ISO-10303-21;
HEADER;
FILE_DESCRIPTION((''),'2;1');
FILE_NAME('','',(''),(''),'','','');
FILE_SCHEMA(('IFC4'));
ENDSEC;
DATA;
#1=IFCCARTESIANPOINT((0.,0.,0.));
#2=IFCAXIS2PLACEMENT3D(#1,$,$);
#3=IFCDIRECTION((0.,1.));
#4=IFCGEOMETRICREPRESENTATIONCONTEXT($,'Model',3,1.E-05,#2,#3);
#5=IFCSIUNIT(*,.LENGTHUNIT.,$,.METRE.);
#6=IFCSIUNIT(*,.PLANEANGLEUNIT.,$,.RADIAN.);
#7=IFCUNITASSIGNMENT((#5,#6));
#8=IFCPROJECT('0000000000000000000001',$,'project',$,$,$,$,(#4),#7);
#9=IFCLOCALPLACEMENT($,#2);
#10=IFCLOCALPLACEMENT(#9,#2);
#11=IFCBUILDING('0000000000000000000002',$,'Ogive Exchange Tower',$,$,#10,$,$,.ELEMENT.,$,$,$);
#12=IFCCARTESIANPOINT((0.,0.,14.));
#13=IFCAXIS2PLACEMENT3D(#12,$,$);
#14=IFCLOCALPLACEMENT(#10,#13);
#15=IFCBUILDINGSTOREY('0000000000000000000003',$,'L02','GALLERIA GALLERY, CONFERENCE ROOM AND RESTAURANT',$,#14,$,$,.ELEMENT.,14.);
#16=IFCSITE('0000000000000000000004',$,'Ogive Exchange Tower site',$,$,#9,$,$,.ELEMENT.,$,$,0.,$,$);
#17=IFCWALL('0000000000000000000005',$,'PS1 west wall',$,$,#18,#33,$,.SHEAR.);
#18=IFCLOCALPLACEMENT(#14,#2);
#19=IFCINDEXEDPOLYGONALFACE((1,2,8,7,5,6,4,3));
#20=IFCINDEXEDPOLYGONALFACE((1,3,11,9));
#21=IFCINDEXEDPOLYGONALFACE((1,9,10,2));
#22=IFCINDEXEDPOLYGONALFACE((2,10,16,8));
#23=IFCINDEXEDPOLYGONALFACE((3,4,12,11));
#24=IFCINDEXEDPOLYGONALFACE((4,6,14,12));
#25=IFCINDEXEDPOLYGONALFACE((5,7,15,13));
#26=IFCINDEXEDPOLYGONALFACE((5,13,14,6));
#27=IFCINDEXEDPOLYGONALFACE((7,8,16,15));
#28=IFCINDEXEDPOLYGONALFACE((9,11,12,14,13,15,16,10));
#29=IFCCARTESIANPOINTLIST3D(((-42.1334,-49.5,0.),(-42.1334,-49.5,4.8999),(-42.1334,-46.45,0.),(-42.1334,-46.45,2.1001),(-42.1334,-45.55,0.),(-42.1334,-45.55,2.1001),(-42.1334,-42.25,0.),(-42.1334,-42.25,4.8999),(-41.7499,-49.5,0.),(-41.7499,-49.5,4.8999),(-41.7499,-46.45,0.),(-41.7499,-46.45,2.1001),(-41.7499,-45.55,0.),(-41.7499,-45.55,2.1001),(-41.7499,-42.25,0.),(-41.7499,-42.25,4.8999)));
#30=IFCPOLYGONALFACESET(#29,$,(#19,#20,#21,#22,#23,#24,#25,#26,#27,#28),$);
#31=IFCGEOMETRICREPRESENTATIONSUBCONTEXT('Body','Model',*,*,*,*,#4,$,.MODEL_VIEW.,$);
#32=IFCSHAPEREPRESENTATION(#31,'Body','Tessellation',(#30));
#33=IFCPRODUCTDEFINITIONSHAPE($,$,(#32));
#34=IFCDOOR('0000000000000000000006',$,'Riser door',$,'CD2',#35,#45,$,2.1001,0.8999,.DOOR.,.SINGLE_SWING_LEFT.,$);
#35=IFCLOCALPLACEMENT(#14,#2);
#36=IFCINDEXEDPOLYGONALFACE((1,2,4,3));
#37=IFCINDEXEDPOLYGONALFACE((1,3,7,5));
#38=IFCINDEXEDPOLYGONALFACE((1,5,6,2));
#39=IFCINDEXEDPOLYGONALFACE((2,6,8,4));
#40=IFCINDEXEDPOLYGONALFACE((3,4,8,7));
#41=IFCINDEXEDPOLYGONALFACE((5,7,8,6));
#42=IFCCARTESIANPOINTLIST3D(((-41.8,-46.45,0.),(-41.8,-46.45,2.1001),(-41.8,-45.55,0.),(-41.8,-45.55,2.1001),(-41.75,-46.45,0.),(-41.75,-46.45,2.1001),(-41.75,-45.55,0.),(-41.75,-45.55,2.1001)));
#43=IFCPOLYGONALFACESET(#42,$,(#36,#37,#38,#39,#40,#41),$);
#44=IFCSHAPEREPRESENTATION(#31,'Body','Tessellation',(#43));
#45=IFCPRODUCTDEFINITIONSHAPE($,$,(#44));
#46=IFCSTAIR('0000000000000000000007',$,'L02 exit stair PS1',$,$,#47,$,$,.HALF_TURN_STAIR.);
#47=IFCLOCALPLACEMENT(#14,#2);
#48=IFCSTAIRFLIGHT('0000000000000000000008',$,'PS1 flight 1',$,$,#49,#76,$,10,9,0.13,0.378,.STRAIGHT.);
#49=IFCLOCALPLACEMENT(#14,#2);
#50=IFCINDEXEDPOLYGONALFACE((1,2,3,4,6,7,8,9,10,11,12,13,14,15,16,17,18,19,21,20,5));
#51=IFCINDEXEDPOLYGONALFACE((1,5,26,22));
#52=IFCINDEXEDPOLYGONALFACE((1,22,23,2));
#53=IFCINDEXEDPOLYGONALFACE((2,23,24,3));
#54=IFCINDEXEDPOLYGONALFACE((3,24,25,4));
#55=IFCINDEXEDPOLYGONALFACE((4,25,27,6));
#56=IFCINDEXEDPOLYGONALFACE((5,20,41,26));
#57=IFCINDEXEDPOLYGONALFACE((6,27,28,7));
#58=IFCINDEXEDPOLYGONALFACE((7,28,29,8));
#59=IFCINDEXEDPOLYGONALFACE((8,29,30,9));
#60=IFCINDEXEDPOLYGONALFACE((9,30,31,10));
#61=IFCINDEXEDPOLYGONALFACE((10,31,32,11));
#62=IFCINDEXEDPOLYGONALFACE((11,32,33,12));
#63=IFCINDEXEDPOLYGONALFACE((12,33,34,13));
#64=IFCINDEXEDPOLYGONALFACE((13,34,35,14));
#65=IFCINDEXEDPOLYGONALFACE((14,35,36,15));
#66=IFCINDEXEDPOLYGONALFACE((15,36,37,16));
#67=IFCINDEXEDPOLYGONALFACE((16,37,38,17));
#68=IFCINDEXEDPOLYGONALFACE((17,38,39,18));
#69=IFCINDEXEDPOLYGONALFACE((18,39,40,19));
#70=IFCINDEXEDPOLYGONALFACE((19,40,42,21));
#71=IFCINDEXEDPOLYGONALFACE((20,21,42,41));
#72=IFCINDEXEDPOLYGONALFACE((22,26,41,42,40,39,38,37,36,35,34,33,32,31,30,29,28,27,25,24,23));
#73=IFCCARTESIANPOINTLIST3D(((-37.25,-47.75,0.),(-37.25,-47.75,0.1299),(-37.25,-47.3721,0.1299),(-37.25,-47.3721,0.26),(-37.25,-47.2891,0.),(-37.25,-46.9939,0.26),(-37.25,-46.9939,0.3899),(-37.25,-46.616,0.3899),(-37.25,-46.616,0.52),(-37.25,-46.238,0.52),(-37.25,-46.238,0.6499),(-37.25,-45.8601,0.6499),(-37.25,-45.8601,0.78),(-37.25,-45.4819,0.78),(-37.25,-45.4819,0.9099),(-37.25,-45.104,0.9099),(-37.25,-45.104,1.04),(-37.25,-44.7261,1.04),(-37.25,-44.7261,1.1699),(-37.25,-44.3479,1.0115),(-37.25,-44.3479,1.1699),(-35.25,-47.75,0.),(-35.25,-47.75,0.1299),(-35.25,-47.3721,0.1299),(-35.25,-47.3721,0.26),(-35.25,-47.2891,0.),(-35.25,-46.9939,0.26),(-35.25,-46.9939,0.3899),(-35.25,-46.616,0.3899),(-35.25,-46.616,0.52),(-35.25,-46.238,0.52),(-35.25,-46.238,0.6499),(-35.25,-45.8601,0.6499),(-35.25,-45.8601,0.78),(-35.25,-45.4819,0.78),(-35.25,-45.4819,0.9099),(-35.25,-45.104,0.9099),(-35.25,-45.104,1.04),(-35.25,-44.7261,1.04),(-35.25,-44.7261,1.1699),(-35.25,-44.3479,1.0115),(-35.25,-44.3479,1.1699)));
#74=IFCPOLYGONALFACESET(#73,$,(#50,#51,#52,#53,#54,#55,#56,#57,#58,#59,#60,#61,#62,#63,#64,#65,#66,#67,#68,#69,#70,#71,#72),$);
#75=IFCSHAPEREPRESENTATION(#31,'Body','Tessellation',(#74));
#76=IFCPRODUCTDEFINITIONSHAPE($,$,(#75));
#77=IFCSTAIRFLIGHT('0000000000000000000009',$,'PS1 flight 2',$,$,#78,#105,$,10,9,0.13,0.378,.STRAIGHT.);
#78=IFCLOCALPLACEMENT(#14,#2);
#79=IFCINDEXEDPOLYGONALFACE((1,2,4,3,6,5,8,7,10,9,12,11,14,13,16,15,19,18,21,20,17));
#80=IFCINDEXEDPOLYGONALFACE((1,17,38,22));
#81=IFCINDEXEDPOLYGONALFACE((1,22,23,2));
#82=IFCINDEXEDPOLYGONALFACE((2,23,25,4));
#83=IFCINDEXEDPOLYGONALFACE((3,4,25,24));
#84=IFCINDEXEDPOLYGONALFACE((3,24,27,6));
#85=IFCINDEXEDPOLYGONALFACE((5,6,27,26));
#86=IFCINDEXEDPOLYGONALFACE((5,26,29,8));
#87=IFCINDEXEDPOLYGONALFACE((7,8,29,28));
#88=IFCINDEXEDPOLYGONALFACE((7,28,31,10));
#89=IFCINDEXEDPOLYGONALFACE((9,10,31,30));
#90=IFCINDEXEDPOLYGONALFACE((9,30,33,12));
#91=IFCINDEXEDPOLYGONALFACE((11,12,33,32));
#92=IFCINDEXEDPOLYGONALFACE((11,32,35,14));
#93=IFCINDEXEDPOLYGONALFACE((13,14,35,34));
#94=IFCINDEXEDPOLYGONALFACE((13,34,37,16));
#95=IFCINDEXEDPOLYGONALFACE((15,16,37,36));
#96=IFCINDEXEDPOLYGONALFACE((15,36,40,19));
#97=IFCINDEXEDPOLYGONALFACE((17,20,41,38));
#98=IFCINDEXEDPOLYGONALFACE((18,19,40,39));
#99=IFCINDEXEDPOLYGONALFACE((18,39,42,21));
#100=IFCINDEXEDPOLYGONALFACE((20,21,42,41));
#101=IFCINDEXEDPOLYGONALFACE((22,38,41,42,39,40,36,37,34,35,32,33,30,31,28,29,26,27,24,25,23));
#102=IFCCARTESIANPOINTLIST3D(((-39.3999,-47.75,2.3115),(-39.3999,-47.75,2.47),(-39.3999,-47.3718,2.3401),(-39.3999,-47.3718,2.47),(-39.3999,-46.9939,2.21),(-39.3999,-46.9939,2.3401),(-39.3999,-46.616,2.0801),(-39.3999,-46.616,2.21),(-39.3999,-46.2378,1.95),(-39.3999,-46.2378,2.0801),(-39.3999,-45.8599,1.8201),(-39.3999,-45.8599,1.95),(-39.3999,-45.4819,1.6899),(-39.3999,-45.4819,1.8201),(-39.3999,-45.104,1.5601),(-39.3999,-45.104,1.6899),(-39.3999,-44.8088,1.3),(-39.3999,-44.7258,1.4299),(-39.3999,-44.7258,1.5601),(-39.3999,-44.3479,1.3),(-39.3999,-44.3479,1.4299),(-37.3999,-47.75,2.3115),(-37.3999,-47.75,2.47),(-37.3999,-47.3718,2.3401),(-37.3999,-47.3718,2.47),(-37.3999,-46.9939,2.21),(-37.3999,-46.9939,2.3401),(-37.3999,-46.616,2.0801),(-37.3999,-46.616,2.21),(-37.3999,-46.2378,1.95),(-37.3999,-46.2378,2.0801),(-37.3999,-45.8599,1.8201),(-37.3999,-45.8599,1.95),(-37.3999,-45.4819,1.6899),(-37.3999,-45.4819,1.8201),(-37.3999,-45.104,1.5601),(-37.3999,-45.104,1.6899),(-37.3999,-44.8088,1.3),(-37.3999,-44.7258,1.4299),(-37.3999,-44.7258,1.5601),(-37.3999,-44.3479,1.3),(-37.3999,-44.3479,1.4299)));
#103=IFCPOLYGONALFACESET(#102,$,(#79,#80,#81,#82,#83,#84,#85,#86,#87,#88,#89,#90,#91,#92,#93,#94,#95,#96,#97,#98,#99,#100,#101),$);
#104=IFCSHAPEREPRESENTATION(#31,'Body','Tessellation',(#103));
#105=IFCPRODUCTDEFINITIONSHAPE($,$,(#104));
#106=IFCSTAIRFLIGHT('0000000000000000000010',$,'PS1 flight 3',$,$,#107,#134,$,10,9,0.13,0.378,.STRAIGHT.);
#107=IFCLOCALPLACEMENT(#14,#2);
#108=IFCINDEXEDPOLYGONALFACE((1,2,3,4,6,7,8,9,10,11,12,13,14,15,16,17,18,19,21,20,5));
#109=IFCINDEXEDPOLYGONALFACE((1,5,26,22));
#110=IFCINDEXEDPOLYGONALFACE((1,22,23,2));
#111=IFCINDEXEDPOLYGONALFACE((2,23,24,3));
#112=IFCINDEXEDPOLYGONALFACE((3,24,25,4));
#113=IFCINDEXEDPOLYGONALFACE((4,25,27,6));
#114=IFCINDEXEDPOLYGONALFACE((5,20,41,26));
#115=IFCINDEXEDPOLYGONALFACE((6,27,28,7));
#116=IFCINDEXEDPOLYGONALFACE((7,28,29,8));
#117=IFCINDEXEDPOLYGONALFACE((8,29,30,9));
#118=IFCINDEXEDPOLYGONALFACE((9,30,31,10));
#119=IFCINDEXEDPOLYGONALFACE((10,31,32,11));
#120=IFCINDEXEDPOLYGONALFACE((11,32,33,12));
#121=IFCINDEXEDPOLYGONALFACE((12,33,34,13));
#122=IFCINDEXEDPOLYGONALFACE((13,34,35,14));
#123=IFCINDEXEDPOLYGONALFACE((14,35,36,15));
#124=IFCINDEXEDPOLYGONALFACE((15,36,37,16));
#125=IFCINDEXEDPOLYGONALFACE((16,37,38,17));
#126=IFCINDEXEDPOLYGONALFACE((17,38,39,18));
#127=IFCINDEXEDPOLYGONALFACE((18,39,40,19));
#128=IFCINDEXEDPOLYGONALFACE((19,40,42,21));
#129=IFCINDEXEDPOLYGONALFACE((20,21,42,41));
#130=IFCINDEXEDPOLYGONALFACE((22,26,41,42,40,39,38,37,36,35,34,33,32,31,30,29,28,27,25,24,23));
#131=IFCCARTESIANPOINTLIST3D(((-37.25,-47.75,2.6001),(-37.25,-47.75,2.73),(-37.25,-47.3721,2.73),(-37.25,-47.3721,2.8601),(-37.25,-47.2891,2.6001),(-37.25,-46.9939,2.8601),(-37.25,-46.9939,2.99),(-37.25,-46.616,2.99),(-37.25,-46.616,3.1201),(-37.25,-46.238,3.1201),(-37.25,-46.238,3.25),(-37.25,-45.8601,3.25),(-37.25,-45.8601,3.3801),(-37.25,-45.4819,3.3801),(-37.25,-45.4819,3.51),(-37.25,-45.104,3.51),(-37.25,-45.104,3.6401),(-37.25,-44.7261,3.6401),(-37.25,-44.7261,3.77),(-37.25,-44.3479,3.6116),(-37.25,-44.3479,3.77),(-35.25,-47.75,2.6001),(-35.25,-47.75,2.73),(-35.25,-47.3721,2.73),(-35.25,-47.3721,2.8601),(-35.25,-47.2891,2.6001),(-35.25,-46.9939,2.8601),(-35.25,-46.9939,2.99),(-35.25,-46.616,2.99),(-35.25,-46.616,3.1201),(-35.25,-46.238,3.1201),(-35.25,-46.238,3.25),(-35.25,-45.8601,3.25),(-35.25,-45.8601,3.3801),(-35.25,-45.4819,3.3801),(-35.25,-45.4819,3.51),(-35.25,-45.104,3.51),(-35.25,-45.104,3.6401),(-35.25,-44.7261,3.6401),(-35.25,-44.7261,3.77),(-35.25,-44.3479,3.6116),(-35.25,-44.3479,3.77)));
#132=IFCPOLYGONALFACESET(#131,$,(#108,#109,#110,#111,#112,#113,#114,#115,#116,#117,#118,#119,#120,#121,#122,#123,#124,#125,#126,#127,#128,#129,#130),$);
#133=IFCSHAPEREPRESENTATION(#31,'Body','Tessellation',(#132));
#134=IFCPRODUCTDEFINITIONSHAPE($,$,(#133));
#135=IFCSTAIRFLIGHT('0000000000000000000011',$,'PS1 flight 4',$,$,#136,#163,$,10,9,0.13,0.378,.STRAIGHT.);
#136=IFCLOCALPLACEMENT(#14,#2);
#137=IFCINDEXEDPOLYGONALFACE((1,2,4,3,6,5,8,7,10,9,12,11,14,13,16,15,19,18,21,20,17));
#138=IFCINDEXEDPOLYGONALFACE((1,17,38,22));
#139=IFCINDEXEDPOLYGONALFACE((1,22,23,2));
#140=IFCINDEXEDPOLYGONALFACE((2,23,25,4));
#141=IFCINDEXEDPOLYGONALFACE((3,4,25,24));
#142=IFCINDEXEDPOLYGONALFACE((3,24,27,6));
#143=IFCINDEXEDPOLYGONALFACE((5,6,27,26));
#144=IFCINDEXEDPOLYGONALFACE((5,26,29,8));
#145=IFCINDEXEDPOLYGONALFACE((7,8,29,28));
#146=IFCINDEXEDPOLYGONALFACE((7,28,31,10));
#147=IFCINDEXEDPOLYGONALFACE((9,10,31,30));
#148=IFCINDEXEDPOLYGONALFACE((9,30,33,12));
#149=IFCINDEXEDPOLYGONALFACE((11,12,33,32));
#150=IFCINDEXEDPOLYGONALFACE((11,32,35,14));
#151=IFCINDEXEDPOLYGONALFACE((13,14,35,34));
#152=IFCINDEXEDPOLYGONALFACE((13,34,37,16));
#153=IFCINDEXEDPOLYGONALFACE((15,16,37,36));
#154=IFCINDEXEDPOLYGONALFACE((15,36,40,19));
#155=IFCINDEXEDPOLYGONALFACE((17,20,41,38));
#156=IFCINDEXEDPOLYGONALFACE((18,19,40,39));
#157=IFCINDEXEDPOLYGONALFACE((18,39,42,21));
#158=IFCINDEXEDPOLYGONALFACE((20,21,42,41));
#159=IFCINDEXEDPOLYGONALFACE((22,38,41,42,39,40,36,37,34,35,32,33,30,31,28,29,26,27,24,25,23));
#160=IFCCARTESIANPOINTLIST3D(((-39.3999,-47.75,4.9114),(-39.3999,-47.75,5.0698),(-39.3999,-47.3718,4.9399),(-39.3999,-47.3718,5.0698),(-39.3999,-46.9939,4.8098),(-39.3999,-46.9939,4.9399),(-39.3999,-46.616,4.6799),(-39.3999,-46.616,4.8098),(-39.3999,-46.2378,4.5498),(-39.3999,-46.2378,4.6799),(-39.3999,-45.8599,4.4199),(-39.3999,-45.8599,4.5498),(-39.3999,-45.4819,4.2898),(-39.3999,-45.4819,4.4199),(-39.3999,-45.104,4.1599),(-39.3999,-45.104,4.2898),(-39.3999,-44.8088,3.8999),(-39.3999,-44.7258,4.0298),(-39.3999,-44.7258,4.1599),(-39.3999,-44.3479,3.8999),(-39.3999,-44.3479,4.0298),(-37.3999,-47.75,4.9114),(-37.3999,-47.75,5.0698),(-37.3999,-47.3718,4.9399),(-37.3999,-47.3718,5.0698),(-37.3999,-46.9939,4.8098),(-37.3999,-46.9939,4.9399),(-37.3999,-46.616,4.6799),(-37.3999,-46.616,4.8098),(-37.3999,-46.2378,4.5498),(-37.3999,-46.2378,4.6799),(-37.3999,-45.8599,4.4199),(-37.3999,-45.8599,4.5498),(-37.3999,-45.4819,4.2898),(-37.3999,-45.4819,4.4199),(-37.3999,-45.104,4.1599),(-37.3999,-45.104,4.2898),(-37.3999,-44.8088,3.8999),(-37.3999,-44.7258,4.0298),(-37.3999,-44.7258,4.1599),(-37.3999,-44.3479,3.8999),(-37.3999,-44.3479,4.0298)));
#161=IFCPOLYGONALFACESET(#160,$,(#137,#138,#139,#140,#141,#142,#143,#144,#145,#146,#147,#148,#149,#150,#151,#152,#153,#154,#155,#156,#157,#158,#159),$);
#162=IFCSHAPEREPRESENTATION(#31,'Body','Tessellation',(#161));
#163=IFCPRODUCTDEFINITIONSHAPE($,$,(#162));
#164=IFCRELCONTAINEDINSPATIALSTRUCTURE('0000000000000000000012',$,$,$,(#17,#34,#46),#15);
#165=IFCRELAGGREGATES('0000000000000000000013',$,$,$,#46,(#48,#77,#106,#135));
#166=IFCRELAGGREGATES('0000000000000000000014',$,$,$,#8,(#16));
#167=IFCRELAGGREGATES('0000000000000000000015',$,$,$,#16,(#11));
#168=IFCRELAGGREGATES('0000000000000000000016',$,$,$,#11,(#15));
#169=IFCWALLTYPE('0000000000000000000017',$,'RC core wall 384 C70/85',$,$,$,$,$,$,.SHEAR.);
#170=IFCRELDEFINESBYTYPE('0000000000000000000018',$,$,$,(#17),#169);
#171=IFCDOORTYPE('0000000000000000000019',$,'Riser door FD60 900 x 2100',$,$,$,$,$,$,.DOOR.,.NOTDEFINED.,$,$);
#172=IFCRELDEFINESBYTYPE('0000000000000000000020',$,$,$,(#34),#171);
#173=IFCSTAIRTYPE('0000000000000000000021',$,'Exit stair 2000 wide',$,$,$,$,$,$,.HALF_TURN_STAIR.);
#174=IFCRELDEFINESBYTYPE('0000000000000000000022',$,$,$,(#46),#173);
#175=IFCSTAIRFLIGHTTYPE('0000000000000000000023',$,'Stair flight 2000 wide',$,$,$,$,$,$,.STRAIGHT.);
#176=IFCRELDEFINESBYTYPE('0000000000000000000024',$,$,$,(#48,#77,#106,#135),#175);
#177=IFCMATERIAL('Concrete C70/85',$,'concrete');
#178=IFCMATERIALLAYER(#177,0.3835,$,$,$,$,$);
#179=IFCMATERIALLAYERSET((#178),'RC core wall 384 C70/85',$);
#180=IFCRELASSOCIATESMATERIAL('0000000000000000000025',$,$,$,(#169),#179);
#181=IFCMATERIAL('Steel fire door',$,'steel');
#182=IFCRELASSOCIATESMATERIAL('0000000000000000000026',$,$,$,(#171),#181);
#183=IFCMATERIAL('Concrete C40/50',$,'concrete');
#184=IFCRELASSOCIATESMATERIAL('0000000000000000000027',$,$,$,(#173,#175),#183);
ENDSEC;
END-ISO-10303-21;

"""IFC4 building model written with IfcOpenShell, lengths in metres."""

from ifc_helpers import new_model, si_unit, direction, frame, frame_2d, origin, place, context, subcontext, project, spatial, polyline, rectangle, outline, extrude, material, layer, layer_set, type_object, element, fill, aggregate, save


model = new_model("IFC4")

# Units and contexts
model_context = context("Model", 3, precision=1e-05, world=origin(), true_north=direction((0.0, 1.0)))
body_context = subcontext(model_context, "Body", "Model", "MODEL_VIEW")
ifc_project = project(units=[si_unit("LENGTHUNIT", "METRE"), si_unit("PLANEANGLEUNIT", "RADIAN")], contexts=[model_context])

# Site, building, storey
site_placement = place(None, origin())
site = spatial("IfcSite", under=ifc_project, at=site_placement, Name="Ogive Exchange Tower site", CompositionType="ELEMENT", RefElevation=0.0)
building_placement = place(site_placement, origin())
building = spatial("IfcBuilding", under=site, at=building_placement, Name="Ogive Exchange Tower", CompositionType="ELEMENT")
storey_placement = place(building_placement, frame((0.0, 0.0, 14.0)))
storey = spatial("IfcBuildingStorey", under=building, at=storey_placement, Name="L02", Description="GALLERIA GALLERY, CONFERENCE ROOM AND RESTAURANT", CompositionType="ELEMENT", Elevation=14.0)

# Shared definitions
ifc_material_1 = material(Name="Concrete C70/85", Category="concrete")

# Wall, opening, door
ifc_layer_1 = layer(ifc_material_1, 0.3835)
ifc_layer_set_1 = layer_set([ifc_layer_1], Name="RC core wall 384 C70/85")
wall_type_1 = type_object("IfcWallType", Name="RC core wall 384 C70/85", PredefinedType="SHEAR", material=ifc_layer_set_1)
wall_1_placement = place(storey_placement, frame((-41.9417, -49.5, 0.0), z_axis=(0.0, 0.0, 1.0), x_axis=(0.0, 1.0, 0.0)))
wall_1 = element("IfcWall", 1, at=wall_1_placement, inside=storey, type_object=wall_type_1, Name="PS1 west wall", PredefinedType="SHEAR", context=body_context, shape_type="SweptSolid", body=[
    extrude(rectangle(XDim=7.25, YDim=0.3835, at=frame_2d((3.625, 0.0))), origin(), (0.0, 0.0, 1.0), 4.8999),
])
opening_1_placement = place(wall_1_placement, frame((3.05, 0.0, 0.0)))
opening_1 = element("IfcOpeningElement", 2, at=opening_1_placement, cuts=wall_1, PredefinedType="OPENING", context=body_context, shape_type="SweptSolid", body=[
    extrude(rectangle(XDim=0.8999, YDim=2.1001, at=frame_2d((0.45, 1.05))), frame((0.0, 0.2017, 0.0), z_axis=(0.0, -1.0, 0.0), x_axis=(1.0, 0.0, 0.0)), (0.0, 0.0, 1.0), 0.4036),
])
ifc_material_2 = material(Name="Steel fire door", Category="steel")
door_type = type_object("IfcDoorType", Name="Riser door FD60 900 x 2100", OperationType="NOTDEFINED", PredefinedType="DOOR", material=ifc_material_2)
door_placement = place(opening_1_placement, origin())
door = element("IfcDoor", 3, at=door_placement, inside=storey, type_object=door_type, Name="Riser door", ObjectType="CD2", OperationType="SINGLE_SWING_LEFT", OverallHeight=2.1001, OverallWidth=0.8999, PredefinedType="DOOR", context=body_context, shape_type="SweptSolid", body=[
    extrude(rectangle(XDim=0.8999, YDim=2.1001, at=frame_2d((0.45, 1.05))), frame((0.0, -0.1416, 0.0), z_axis=(0.0, -1.0, 0.0), x_axis=(1.0, 0.0, 0.0)), (0.0, 0.0, 1.0), 0.05),
])
fill(opening_1, door)

# Stair, stair flights
ifc_material_3 = material(Name="Concrete C40/50", Category="concrete")
stair_type = type_object("IfcStairType", Name="Exit stair 2000 wide", PredefinedType="HALF_TURN_STAIR", material=ifc_material_3)
stair_placement = place(storey_placement, origin())
stair = element("IfcStair", 4, at=stair_placement, inside=storey, type_object=stair_type, Name="L02 exit stair PS1", PredefinedType="HALF_TURN_STAIR")
stair_flight_type = type_object("IfcStairFlightType", Name="Stair flight 2000 wide", PredefinedType="STRAIGHT", material=ifc_material_3)
stair_flight_1_placement = place(storey_placement, frame((-36.25, -47.75, 0.0), z_axis=(0.0, 0.0, 1.0), x_axis=(0.0, 1.0, 0.0)))
stair_flight_1 = element("IfcStairFlight", 5, at=stair_flight_1_placement, type_object=stair_flight_type, Name="PS1 flight 1", NumberOfRisers=10, NumberOfTreads=9, PredefinedType="STRAIGHT", RiserHeight=0.13, TreadLength=0.378, context=body_context, shape_type="SweptSolid", body=[
    extrude(outline(polyline([(0.0, 0.0), (0.0, 0.1299), (0.3779, 0.1299), (0.3779, 0.26), (0.7561, 0.26), (0.7561, 0.3899), (1.134, 0.3899), (1.134, 0.52), (1.512, 0.52), (1.512, 0.6499), (1.8899, 0.6499), (1.8899, 0.78), (2.2681, 0.78), (2.2681, 0.9099), (2.646, 0.9099), (2.646, 1.04), (3.0239, 1.04), (3.0239, 1.1699), (3.4021, 1.1699), (3.4021, 1.3), (3.4021, 1.0115), (0.4609, 0.0), (0.0, 0.0)])), frame((0.0, 1.0, 0.0), z_axis=(0.0, -1.0, 0.0), x_axis=(1.0, 0.0, 0.0)), (0.0, 0.0, 1.0), 2.0),
])
stair_flight_2_placement = place(storey_placement, frame((-38.3999, -44.3479, 1.3), z_axis=(0.0, 0.0, 1.0), x_axis=(0.0, -1.0, 0.0)))
stair_flight_2 = element("IfcStairFlight", 6, at=stair_flight_2_placement, type_object=stair_flight_type, Name="PS1 flight 2", NumberOfRisers=10, NumberOfTreads=9, PredefinedType="STRAIGHT", RiserHeight=0.13, TreadLength=0.378, context=body_context, shape_type="SweptSolid", body=[
    extrude(outline(polyline([(0.0, 0.0), (0.0, 0.1299), (0.3779, 0.1299), (0.3779, 0.26), (0.7561, 0.26), (0.7561, 0.3899), (1.134, 0.3899), (1.134, 0.52), (1.512, 0.52), (1.512, 0.6499), (1.8899, 0.6499), (1.8899, 0.78), (2.2681, 0.78), (2.2681, 0.9099), (2.646, 0.9099), (2.646, 1.04), (3.0239, 1.04), (3.0239, 1.1699), (3.4021, 1.1699), (3.4021, 1.3), (3.4021, 1.0115), (0.4609, 0.0), (0.0, 0.0)])), frame((0.0, 1.0, 0.0), z_axis=(0.0, -1.0, 0.0), x_axis=(1.0, 0.0, 0.0)), (0.0, 0.0, 1.0), 2.0),
])
stair_flight_3_placement = place(storey_placement, frame((-36.25, -47.75, 2.6001), z_axis=(0.0, 0.0, 1.0), x_axis=(0.0, 1.0, 0.0)))
stair_flight_3 = element("IfcStairFlight", 7, at=stair_flight_3_placement, type_object=stair_flight_type, Name="PS1 flight 3", NumberOfRisers=10, NumberOfTreads=9, PredefinedType="STRAIGHT", RiserHeight=0.13, TreadLength=0.378, context=body_context, shape_type="SweptSolid", body=[
    extrude(outline(polyline([(0.0, 0.0), (0.0, 0.1299), (0.3779, 0.1299), (0.3779, 0.26), (0.7561, 0.26), (0.7561, 0.3899), (1.134, 0.3899), (1.134, 0.52), (1.512, 0.52), (1.512, 0.6499), (1.8899, 0.6499), (1.8899, 0.78), (2.2681, 0.78), (2.2681, 0.9099), (2.646, 0.9099), (2.646, 1.04), (3.0239, 1.04), (3.0239, 1.1699), (3.4021, 1.1699), (3.4021, 1.3), (3.4021, 1.0115), (0.4609, 0.0), (0.0, 0.0)])), frame((0.0, 1.0, 0.0), z_axis=(0.0, -1.0, 0.0), x_axis=(1.0, 0.0, 0.0)), (0.0, 0.0, 1.0), 2.0),
])
stair_flight_4_placement = place(storey_placement, frame((-38.3999, -44.3479, 3.8999), z_axis=(0.0, 0.0, 1.0), x_axis=(0.0, -1.0, 0.0)))
stair_flight_4 = element("IfcStairFlight", 8, at=stair_flight_4_placement, type_object=stair_flight_type, Name="PS1 flight 4", NumberOfRisers=10, NumberOfTreads=9, PredefinedType="STRAIGHT", RiserHeight=0.13, TreadLength=0.378, context=body_context, shape_type="SweptSolid", body=[
    extrude(outline(polyline([(0.0, 0.0), (0.0, 0.1299), (0.3779, 0.1299), (0.3779, 0.26), (0.7561, 0.26), (0.7561, 0.3899), (1.134, 0.3899), (1.134, 0.52), (1.512, 0.52), (1.512, 0.6499), (1.8899, 0.6499), (1.8899, 0.78), (2.2681, 0.78), (2.2681, 0.9099), (2.646, 0.9099), (2.646, 1.04), (3.0239, 1.04), (3.0239, 1.1699), (3.4021, 1.1699), (3.4021, 1.3), (3.4021, 1.0115), (0.4609, 0.0), (0.0, 0.0)])), frame((0.0, 1.0, 0.0), z_axis=(0.0, -1.0, 0.0), x_axis=(1.0, 0.0, 0.0)), (0.0, 0.0, 1.0), 2.0),
])
aggregate(stair, [stair_flight_1, stair_flight_2, stair_flight_3, stair_flight_4])

save(model, "model.ifc")
